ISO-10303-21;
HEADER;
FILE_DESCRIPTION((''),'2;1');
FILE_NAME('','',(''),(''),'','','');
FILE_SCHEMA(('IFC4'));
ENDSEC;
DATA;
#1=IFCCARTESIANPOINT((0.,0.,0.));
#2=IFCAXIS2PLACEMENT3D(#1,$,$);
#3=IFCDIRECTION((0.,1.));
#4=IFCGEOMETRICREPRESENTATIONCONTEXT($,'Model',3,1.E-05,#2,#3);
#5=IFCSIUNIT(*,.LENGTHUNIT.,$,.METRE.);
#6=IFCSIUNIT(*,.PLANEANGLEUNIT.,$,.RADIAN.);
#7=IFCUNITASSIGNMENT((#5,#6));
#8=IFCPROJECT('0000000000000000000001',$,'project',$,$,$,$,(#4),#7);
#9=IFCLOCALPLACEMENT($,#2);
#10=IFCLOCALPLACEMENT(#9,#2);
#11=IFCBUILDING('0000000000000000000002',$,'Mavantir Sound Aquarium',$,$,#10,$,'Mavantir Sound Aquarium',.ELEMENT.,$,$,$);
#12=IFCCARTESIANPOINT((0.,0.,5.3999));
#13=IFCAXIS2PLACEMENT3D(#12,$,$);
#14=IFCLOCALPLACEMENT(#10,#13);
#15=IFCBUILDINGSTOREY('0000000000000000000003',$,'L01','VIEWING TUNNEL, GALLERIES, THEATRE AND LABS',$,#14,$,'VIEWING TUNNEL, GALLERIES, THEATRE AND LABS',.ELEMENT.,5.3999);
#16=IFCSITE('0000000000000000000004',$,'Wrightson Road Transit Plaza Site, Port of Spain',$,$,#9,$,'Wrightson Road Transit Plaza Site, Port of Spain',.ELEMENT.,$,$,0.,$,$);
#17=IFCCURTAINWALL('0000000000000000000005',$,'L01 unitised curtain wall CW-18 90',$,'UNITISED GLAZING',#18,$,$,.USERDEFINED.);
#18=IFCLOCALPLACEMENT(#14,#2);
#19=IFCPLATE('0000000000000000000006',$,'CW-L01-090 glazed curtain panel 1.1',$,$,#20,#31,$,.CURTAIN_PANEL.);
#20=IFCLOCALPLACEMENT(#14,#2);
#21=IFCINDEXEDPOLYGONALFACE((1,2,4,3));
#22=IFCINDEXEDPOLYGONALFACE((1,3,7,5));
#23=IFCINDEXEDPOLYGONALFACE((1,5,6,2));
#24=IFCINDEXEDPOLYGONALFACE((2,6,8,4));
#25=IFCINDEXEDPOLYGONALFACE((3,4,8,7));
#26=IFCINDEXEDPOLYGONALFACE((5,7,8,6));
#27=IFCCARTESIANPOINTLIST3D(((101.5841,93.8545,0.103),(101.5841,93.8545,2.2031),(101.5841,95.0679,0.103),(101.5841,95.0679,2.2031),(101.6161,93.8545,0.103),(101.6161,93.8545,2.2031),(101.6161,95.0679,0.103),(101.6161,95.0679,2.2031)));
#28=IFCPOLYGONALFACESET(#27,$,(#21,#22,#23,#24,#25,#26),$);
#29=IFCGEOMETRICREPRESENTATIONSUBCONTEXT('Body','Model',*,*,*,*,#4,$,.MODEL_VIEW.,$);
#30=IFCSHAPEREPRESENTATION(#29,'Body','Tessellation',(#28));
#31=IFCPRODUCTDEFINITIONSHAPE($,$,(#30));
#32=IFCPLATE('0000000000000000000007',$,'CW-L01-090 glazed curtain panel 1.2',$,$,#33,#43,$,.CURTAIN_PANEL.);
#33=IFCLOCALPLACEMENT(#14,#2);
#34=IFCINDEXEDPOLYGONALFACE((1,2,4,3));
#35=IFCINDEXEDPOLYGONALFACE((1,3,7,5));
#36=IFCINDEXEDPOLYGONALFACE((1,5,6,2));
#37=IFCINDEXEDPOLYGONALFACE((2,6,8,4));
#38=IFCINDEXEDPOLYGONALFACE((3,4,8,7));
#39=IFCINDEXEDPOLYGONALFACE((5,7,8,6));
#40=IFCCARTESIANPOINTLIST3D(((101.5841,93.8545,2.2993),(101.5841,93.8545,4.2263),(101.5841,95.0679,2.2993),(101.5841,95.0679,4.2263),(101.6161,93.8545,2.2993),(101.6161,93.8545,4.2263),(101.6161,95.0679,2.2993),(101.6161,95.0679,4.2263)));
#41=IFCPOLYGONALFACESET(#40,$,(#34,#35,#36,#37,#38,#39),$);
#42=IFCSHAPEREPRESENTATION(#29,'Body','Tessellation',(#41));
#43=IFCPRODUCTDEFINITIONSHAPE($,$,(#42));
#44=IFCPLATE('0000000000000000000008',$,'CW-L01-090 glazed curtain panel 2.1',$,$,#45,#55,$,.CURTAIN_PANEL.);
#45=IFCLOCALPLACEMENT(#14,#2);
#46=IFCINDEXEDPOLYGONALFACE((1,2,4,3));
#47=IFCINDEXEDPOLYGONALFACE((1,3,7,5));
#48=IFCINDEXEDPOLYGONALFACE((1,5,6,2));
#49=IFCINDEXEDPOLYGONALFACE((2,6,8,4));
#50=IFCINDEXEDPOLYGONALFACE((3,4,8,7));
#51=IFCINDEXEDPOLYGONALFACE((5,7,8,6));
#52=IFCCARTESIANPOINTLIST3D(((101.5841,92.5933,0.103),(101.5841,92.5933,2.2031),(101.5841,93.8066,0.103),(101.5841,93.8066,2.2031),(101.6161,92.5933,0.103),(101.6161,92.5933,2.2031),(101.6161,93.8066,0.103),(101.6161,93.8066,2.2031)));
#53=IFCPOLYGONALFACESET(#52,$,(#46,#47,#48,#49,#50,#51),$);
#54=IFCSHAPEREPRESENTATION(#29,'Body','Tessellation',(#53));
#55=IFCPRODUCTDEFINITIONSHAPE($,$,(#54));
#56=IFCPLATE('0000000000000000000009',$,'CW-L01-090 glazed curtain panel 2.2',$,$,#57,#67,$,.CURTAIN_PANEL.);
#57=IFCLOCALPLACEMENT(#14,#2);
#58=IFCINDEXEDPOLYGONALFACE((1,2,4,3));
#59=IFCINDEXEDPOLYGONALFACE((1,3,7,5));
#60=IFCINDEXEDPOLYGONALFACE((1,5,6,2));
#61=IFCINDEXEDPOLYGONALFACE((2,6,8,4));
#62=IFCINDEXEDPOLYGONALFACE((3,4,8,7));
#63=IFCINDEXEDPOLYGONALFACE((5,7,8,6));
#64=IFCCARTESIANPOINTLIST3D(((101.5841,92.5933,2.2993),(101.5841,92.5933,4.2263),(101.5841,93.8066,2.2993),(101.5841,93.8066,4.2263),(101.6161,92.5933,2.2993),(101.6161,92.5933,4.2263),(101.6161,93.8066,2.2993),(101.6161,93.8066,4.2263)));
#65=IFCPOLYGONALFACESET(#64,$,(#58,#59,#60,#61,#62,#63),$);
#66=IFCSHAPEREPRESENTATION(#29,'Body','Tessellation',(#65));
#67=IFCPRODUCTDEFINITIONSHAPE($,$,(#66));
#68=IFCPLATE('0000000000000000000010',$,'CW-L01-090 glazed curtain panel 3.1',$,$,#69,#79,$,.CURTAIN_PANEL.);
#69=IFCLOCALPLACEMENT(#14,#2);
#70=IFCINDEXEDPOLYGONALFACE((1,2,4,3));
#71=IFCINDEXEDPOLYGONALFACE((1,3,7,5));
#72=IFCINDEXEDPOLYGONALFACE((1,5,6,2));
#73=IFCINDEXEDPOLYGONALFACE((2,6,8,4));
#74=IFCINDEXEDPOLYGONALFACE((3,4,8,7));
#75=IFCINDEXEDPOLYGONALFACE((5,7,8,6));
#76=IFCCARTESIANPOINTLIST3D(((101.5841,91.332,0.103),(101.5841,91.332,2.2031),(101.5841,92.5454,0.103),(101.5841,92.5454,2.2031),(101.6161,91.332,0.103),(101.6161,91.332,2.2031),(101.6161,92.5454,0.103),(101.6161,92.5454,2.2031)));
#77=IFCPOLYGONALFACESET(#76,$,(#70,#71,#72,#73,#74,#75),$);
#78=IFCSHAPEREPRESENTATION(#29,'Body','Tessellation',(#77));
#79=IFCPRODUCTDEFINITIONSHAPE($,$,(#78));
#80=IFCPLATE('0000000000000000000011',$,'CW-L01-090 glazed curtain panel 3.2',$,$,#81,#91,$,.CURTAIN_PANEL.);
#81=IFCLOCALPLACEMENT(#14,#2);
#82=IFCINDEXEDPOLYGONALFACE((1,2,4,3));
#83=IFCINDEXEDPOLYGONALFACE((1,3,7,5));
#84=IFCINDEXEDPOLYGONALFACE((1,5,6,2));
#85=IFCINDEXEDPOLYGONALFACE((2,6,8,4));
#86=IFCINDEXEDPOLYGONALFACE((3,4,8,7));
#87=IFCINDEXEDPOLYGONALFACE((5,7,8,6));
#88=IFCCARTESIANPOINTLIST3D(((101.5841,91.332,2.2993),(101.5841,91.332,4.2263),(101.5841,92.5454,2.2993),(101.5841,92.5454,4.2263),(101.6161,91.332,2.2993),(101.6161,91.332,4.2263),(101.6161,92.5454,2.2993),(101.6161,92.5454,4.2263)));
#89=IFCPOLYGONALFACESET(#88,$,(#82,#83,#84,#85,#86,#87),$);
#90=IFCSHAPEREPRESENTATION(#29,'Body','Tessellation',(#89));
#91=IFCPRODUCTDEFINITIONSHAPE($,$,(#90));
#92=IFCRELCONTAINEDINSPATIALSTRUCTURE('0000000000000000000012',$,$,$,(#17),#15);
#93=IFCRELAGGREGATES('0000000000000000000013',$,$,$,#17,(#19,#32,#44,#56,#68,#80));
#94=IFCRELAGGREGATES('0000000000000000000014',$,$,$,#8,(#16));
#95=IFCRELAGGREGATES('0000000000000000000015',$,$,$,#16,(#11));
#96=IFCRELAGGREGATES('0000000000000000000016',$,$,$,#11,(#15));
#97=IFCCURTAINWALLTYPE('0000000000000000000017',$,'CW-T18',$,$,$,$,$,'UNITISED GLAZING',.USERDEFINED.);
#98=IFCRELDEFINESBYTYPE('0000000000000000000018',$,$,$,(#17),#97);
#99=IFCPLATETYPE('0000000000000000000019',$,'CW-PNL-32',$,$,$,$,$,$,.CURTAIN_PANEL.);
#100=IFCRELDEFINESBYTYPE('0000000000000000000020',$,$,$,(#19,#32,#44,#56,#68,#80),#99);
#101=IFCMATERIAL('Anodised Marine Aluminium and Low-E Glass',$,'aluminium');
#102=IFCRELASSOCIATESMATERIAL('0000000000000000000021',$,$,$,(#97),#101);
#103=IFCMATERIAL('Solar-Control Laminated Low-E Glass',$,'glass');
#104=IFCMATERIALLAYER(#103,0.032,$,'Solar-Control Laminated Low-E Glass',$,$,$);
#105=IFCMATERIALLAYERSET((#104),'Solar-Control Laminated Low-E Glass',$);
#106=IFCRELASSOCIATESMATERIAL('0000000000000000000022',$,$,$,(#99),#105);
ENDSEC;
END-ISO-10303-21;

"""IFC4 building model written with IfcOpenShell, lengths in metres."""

from ifc_helpers import new_model, si_unit, direction, frame, origin, origin_2d, place, context, subcontext, project, spatial, rectangle, extrude, material, layer, layer_set, type_object, element, aggregate, save


model = new_model("IFC4")

# Units and contexts
model_context = context("Model", 3, precision=1e-05, world=origin(), true_north=direction((0.0, 1.0)))
body_context = subcontext(model_context, "Body", "Model", "MODEL_VIEW")
ifc_project = project(units=[si_unit("LENGTHUNIT", "METRE"), si_unit("PLANEANGLEUNIT", "RADIAN")], contexts=[model_context])

# Site, building, storey
site_placement = place(None, origin())
site = spatial("IfcSite", under=ifc_project, at=site_placement, Name="Wrightson Road Transit Plaza Site, Port of Spain", LongName="Wrightson Road Transit Plaza Site, Port of Spain", CompositionType="ELEMENT", RefElevation=0.0)
building_placement = place(site_placement, origin())
building = spatial("IfcBuilding", under=site, at=building_placement, Name="Mavantir Sound Aquarium", LongName="Mavantir Sound Aquarium", CompositionType="ELEMENT")
storey_placement = place(building_placement, frame((0.0, 0.0, 5.3999)))
storey = spatial("IfcBuildingStorey", under=building, at=storey_placement, Name="L01", Description="VIEWING TUNNEL, GALLERIES, THEATRE AND LABS", LongName="VIEWING TUNNEL, GALLERIES, THEATRE AND LABS", CompositionType="ELEMENT", Elevation=5.3999)

# Shared definitions
ifc_material_1 = material(Name="Anodised Marine Aluminium and Low-E Glass", Category="aluminium")

# Curtain wall
curtain_wall_type_1 = type_object("IfcCurtainWallType", Name="CW-T18", ElementType="UNITISED GLAZING", PredefinedType="USERDEFINED", material=ifc_material_1)
curtain_wall_1_placement = place(storey_placement, origin())
curtain_wall_1 = element("IfcCurtainWall", 1, at=curtain_wall_1_placement, inside=storey, type_object=curtain_wall_type_1, Name="L01 unitised curtain wall CW-18 90", ObjectType="UNITISED GLAZING", PredefinedType="USERDEFINED")

# Plates
ifc_material_2 = material(Name="Solar-Control Laminated Low-E Glass", Category="glass")
ifc_layer_1 = layer(ifc_material_2, 0.032, Name="Solar-Control Laminated Low-E Glass")
ifc_layer_set_1 = layer_set([ifc_layer_1], Name="Solar-Control Laminated Low-E Glass")
plate_type_1 = type_object("IfcPlateType", Name="CW-PNL-32", PredefinedType="CURTAIN_PANEL", material=ifc_layer_set_1)
plate_1_placement = place(storey_placement, frame((101.6001, 94.4612, 0.103), z_axis=(0.0, 0.0, 1.0), x_axis=(0.0, -1.0, 0.0)))
plate_1 = element("IfcPlate", 2, at=plate_1_placement, type_object=plate_type_1, Name="CW-L01-090 glazed curtain panel 1.1", PredefinedType="CURTAIN_PANEL", context=body_context, shape_type="SweptSolid", body=[
    extrude(rectangle(XDim=1.2134, YDim=0.032, at=origin_2d()), origin(), (0.0, 0.0, 1.0), 2.1001),
])
plate_2_placement = place(storey_placement, frame((101.6001, 94.4612, 2.2993), z_axis=(0.0, 0.0, 1.0), x_axis=(0.0, -1.0, 0.0)))
plate_2 = element("IfcPlate", 3, at=plate_2_placement, type_object=plate_type_1, Name="CW-L01-090 glazed curtain panel 1.2", PredefinedType="CURTAIN_PANEL", context=body_context, shape_type="SweptSolid", body=[
    extrude(rectangle(XDim=1.2134, YDim=0.032, at=origin_2d()), origin(), (0.0, 0.0, 1.0), 1.927),
])
plate_3_placement = place(storey_placement, frame((101.6001, 93.2, 0.103), z_axis=(0.0, 0.0, 1.0), x_axis=(0.0, -1.0, 0.0)))
plate_3 = element("IfcPlate", 4, at=plate_3_placement, type_object=plate_type_1, Name="CW-L01-090 glazed curtain panel 2.1", PredefinedType="CURTAIN_PANEL", context=body_context, shape_type="SweptSolid", body=[
    extrude(rectangle(XDim=1.2134, YDim=0.032, at=origin_2d()), origin(), (0.0, 0.0, 1.0), 2.1001),
])
plate_4_placement = place(storey_placement, frame((101.6001, 93.2, 2.2993), z_axis=(0.0, 0.0, 1.0), x_axis=(0.0, -1.0, 0.0)))
plate_4 = element("IfcPlate", 5, at=plate_4_placement, type_object=plate_type_1, Name="CW-L01-090 glazed curtain panel 2.2", PredefinedType="CURTAIN_PANEL", context=body_context, shape_type="SweptSolid", body=[
    extrude(rectangle(XDim=1.2134, YDim=0.032, at=origin_2d()), origin(), (0.0, 0.0, 1.0), 1.927),
])
plate_5_placement = place(storey_placement, frame((101.6001, 91.9387, 0.103), z_axis=(0.0, 0.0, 1.0), x_axis=(0.0, -1.0, 0.0)))
plate_5 = element("IfcPlate", 6, at=plate_5_placement, type_object=plate_type_1, Name="CW-L01-090 glazed curtain panel 3.1", PredefinedType="CURTAIN_PANEL", context=body_context, shape_type="SweptSolid", body=[
    extrude(rectangle(XDim=1.2134, YDim=0.032, at=origin_2d()), origin(), (0.0, 0.0, 1.0), 2.1001),
])
plate_6_placement = place(storey_placement, frame((101.6001, 91.9387, 2.2993), z_axis=(0.0, 0.0, 1.0), x_axis=(0.0, -1.0, 0.0)))
plate_6 = element("IfcPlate", 7, at=plate_6_placement, type_object=plate_type_1, Name="CW-L01-090 glazed curtain panel 3.2", PredefinedType="CURTAIN_PANEL", context=body_context, shape_type="SweptSolid", body=[
    extrude(rectangle(XDim=1.2134, YDim=0.032, at=origin_2d()), origin(), (0.0, 0.0, 1.0), 1.927),
])
aggregate(curtain_wall_1, [plate_1, plate_2, plate_3, plate_4, plate_5, plate_6])

save(model, "model.ifc")
